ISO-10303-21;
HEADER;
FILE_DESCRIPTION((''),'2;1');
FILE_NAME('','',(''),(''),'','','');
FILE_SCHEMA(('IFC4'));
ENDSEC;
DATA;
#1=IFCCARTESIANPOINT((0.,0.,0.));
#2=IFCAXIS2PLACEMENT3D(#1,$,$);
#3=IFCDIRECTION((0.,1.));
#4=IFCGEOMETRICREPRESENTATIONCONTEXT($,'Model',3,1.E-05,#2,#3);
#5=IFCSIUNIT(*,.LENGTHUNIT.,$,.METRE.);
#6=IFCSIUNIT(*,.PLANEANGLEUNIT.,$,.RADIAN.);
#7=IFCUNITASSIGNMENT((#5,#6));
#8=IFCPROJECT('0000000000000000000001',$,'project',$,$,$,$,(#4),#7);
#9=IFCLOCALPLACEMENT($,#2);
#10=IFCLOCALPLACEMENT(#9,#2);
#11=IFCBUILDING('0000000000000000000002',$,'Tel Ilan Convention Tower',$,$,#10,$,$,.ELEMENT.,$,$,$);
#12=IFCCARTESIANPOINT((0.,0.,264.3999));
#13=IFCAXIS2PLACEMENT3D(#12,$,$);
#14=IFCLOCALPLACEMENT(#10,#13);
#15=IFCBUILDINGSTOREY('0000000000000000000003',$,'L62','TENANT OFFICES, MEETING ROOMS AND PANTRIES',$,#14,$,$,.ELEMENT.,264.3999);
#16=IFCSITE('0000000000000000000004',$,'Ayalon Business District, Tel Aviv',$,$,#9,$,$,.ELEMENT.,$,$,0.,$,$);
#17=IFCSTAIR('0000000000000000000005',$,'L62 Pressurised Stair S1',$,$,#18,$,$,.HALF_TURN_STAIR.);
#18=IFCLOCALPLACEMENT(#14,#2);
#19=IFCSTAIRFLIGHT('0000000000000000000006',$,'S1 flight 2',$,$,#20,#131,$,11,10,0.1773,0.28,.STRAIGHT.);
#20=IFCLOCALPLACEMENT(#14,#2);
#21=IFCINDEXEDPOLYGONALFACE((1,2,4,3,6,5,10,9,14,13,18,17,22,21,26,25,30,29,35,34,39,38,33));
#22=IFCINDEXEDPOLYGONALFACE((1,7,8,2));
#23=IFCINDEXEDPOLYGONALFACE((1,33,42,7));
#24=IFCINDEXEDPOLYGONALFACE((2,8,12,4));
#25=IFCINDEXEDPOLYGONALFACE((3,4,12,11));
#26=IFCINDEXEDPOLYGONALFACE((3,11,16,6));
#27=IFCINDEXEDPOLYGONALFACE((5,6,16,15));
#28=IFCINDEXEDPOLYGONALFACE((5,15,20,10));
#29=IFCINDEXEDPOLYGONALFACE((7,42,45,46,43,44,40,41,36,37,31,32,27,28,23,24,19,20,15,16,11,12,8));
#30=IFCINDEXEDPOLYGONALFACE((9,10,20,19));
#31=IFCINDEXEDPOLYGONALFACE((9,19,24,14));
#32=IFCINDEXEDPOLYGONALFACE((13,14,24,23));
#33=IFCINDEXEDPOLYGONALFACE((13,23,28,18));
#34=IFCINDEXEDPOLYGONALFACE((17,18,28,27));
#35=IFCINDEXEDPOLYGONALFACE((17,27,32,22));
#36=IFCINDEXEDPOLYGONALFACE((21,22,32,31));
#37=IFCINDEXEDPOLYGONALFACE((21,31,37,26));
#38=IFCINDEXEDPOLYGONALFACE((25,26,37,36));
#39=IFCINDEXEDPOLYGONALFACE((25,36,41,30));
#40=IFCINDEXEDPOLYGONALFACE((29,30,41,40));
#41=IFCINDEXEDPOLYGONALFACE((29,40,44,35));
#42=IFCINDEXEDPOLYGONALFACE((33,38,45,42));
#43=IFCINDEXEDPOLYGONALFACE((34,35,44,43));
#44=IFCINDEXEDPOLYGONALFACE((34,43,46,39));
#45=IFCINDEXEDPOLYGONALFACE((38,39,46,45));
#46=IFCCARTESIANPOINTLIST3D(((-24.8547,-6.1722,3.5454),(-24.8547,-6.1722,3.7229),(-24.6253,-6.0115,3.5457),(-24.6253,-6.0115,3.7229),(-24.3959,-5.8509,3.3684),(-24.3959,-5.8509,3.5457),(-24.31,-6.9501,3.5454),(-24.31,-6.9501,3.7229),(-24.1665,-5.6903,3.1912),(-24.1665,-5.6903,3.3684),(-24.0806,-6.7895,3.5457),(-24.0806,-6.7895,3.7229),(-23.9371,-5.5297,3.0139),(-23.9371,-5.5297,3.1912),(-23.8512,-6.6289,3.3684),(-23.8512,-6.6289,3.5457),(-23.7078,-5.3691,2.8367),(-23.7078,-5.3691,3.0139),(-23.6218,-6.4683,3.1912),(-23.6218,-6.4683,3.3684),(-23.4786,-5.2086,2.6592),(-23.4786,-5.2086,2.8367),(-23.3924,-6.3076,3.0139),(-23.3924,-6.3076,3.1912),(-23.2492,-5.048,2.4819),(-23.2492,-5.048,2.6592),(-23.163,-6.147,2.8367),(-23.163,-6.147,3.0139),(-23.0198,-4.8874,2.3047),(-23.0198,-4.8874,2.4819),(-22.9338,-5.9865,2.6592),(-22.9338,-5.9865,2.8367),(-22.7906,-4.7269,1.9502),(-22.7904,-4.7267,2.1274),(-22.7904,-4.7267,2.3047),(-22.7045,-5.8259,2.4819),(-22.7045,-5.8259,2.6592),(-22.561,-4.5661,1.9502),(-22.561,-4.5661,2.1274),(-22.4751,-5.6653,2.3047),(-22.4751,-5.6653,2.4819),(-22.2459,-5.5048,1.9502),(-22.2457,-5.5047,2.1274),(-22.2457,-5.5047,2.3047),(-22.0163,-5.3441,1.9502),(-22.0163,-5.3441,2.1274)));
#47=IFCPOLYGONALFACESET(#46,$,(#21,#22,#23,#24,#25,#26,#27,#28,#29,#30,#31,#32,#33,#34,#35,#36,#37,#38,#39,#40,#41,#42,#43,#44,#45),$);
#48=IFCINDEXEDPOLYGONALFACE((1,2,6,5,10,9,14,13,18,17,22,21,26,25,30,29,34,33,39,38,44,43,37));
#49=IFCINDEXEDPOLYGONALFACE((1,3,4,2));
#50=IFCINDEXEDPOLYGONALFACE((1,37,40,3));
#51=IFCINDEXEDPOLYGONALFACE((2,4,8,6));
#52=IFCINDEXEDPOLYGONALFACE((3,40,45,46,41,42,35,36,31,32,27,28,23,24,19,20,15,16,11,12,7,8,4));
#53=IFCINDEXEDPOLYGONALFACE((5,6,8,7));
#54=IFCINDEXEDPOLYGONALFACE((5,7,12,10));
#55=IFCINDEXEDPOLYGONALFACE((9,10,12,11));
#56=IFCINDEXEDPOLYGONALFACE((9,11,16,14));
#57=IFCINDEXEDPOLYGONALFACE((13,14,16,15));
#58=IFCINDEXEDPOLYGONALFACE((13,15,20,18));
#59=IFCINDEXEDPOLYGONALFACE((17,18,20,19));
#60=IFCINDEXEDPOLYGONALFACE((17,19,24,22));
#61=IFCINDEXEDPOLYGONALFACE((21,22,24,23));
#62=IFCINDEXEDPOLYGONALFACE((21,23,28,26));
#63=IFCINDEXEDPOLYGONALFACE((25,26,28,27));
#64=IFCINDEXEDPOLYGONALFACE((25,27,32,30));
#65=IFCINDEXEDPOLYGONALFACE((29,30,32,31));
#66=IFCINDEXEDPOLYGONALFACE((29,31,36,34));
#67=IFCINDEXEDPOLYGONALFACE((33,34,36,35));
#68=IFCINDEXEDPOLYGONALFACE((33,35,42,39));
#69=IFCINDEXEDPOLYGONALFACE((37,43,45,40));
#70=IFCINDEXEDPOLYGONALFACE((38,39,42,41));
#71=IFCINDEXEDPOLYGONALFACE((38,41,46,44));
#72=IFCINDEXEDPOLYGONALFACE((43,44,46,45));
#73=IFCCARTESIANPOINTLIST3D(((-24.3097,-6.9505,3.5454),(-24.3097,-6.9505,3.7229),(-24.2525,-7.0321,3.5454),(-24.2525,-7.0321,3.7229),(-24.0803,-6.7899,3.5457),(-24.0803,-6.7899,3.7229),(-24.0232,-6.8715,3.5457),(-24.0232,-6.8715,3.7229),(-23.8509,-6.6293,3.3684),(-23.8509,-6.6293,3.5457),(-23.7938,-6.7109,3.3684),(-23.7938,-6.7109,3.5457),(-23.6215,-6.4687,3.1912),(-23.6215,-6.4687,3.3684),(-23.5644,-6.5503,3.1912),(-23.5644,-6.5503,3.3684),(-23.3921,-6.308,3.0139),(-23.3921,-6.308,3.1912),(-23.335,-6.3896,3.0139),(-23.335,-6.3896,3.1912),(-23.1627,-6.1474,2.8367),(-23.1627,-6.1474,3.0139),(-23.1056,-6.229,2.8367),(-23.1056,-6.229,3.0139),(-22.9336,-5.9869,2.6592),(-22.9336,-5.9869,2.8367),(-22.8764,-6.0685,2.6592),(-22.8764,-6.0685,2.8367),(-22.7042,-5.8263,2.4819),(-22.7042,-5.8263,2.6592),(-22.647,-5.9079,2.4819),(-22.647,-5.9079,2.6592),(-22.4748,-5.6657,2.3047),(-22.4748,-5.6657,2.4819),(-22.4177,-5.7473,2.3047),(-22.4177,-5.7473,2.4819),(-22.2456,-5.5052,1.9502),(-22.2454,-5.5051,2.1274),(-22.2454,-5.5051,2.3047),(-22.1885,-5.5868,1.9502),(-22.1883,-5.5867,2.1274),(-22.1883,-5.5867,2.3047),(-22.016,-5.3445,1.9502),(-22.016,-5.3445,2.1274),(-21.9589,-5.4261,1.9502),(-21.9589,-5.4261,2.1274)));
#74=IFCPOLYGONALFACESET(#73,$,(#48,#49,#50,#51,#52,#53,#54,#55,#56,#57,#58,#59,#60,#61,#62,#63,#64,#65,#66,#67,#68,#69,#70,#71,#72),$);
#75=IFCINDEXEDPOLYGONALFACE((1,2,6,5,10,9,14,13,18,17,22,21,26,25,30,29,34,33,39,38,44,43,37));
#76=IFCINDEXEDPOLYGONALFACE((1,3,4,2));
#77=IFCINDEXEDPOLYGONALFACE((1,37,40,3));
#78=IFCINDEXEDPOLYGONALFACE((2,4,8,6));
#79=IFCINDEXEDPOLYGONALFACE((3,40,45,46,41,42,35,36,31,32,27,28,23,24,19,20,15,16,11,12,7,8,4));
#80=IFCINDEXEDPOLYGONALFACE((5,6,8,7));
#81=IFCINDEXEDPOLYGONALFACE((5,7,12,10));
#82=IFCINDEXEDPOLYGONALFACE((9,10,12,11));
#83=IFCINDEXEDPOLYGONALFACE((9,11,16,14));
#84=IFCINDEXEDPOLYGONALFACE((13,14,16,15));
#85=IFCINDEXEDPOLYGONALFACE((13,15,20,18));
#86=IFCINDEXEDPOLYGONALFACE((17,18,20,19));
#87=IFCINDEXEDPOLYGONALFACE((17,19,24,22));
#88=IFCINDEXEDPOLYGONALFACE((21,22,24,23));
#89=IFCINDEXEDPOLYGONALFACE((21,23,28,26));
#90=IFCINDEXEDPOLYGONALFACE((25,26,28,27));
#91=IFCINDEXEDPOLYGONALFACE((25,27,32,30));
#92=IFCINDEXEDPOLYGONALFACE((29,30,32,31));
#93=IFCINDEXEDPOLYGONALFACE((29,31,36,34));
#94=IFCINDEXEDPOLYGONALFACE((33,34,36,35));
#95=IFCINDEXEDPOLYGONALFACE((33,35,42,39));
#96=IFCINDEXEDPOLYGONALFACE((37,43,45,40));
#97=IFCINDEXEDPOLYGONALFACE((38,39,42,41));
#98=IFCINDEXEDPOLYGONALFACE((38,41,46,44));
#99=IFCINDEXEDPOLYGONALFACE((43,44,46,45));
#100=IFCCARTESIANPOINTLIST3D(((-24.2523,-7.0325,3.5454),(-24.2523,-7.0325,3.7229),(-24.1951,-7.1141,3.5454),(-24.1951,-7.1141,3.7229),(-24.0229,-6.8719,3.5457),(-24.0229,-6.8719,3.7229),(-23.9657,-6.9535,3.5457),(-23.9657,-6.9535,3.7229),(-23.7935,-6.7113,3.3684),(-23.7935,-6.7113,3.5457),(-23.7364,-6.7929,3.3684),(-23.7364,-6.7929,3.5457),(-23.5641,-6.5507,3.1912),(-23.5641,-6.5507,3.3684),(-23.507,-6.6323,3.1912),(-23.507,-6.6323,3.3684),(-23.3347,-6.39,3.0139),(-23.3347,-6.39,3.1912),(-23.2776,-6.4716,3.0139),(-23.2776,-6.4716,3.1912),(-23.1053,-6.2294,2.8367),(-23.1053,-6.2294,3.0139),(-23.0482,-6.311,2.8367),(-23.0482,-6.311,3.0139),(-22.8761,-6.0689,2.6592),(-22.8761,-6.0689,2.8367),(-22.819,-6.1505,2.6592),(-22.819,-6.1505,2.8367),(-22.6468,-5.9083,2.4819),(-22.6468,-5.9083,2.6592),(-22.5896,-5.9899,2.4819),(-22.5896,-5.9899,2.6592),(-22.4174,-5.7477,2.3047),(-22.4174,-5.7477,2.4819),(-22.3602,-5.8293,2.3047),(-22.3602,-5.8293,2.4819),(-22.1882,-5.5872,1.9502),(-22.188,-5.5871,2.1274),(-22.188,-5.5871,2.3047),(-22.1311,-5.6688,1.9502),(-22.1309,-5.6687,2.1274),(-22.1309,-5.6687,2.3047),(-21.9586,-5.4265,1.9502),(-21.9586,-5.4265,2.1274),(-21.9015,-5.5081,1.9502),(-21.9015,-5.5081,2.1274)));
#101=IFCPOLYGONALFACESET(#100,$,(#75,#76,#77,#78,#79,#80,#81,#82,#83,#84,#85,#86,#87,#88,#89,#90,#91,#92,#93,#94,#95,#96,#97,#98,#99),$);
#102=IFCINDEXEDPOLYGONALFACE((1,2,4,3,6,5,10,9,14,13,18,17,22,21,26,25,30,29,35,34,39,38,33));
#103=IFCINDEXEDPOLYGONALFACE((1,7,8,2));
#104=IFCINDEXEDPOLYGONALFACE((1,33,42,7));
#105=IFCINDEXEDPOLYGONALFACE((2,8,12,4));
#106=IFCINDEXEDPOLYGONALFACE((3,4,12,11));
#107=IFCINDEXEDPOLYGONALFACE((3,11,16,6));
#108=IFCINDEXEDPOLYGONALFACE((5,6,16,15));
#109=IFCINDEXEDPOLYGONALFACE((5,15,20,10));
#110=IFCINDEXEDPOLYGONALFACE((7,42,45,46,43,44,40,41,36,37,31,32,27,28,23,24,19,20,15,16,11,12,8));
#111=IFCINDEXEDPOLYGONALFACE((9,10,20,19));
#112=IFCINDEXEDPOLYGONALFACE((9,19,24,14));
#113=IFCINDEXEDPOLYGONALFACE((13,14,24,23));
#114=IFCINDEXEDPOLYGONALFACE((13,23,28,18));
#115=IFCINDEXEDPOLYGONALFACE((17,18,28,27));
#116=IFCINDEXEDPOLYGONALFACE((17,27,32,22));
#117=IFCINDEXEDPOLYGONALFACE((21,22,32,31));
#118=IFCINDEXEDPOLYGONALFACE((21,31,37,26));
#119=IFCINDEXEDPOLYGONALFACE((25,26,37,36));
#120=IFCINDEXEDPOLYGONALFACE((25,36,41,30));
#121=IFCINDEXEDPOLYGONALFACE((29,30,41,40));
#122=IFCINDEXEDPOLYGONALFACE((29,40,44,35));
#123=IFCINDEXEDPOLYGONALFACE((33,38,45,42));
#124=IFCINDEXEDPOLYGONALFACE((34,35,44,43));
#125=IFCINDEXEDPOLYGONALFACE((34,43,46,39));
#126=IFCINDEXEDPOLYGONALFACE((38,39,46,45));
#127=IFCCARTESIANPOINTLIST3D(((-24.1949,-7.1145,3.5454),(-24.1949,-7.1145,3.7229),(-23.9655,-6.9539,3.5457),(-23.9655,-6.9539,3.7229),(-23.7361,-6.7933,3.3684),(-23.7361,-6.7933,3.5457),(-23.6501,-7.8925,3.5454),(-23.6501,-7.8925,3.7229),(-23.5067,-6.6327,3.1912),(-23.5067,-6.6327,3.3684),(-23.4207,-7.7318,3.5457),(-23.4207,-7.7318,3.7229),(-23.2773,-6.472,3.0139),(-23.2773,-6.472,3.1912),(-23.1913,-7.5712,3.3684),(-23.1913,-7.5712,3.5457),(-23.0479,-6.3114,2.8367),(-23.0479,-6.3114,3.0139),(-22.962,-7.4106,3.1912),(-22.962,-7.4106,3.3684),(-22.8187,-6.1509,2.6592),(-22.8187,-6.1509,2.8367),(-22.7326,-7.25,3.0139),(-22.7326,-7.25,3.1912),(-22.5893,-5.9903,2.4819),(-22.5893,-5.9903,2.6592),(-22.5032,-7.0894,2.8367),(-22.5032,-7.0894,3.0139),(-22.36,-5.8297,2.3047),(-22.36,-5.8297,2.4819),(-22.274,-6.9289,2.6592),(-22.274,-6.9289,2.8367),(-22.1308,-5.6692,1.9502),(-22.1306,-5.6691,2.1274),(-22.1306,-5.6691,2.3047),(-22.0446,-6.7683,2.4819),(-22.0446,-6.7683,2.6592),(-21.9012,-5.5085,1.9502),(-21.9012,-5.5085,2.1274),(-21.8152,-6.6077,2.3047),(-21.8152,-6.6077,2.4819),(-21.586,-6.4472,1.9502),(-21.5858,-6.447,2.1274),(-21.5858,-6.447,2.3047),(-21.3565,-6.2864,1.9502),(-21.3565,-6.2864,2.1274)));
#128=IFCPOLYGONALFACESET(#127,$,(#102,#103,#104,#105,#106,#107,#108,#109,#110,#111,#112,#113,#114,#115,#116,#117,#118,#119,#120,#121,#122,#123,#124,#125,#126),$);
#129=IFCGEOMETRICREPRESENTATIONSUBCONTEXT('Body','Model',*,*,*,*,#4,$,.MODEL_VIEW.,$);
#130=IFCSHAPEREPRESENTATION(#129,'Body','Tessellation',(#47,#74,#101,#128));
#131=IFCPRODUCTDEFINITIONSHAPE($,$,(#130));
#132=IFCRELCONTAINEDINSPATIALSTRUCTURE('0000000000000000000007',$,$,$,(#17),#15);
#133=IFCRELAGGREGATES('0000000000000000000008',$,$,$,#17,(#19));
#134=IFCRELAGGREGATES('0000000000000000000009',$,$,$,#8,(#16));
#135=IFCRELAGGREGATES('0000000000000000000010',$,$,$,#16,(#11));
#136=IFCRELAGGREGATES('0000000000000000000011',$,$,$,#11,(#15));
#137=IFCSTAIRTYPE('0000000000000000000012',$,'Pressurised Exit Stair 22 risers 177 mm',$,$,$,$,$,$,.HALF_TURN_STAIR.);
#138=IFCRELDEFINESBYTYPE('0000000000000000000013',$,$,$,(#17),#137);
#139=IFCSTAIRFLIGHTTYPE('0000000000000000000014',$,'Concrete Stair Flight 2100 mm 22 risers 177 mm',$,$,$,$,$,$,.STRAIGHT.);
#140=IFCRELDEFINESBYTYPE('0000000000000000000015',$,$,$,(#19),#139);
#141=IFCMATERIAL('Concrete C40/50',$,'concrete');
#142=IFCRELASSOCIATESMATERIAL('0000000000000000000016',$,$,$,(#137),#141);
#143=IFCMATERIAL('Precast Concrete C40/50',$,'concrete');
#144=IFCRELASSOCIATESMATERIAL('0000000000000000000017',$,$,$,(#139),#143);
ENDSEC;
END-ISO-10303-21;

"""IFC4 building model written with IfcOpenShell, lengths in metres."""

from ifc_helpers import new_model, si_unit, direction, frame, origin, place, context, subcontext, project, spatial, polyline, outline, extrude, material, type_object, element, aggregate, save


model = new_model("IFC4")

# Units and contexts
model_context = context("Model", 3, precision=1e-05, world=origin(), true_north=direction((0.0, 1.0)))
body_context = subcontext(model_context, "Body", "Model", "MODEL_VIEW")
ifc_project = project(units=[si_unit("LENGTHUNIT", "METRE"), si_unit("PLANEANGLEUNIT", "RADIAN")], contexts=[model_context])

# Site, building, storey
site_placement = place(None, origin())
site = spatial("IfcSite", under=ifc_project, at=site_placement, Name="Ayalon Business District, Tel Aviv", CompositionType="ELEMENT", RefElevation=0.0)
building_placement = place(site_placement, origin())
building = spatial("IfcBuilding", under=site, at=building_placement, Name="Tel Ilan Convention Tower", CompositionType="ELEMENT")
storey_placement = place(building_placement, frame((0.0, 0.0, 264.3999)))
storey = spatial("IfcBuildingStorey", under=building, at=storey_placement, Name="L62", Description="TENANT OFFICES, MEETING ROOMS AND PANTRIES", CompositionType="ELEMENT", Elevation=264.3999)

# Stair, stair flight
ifc_material_1 = material(Name="Concrete C40/50", Category="concrete")
stair_type = type_object("IfcStairType", Name="Pressurised Exit Stair 22 risers 177 mm", PredefinedType="HALF_TURN_STAIR", material=ifc_material_1)
stair_1_placement = place(storey_placement, origin())
stair_1 = element("IfcStair", 1, at=stair_1_placement, inside=storey, type_object=stair_type, Name="L62 Pressurised Stair S1", PredefinedType="HALF_TURN_STAIR")
ifc_material_2 = material(Name="Precast Concrete C40/50", Category="concrete")
stair_flight_type = type_object("IfcStairFlightType", Name="Concrete Stair Flight 2100 mm 22 risers 177 mm", PredefinedType="STRAIGHT", material=ifc_material_2)
stair_flight_1_placement = place(storey_placement, frame((-21.9587, -5.4263, 1.9502), z_axis=(0.0, 0.0, 1.0), x_axis=(-0.819152, -0.573576, 0.0)))
stair_flight_1 = element("IfcStairFlight", 2, at=stair_flight_1_placement, type_object=stair_flight_type, Name="S1 flight 2", NumberOfRisers=11, NumberOfTreads=10, PredefinedType="STRAIGHT", RiserHeight=0.1773, TreadLength=0.28, context=body_context, shape_type="SweptSolid", body=[
    extrude(outline(polyline([(0.0, 0.0), (0.0, 0.1772), (0.28, 0.1772), (0.28, 0.3545), (0.5601, 0.3545), (0.5601, 0.5317), (0.8401, 0.5317), (0.8401, 0.709), (1.1201, 0.709), (1.1201, 0.8865), (1.3999, 0.8865), (1.3999, 1.0637), (1.6799, 1.0637), (1.6799, 1.241), (1.96, 1.241), (1.96, 1.4182), (2.24, 1.4182), (2.24, 1.5955), (2.52, 1.5955), (2.52, 1.7727), (2.8, 1.7727), (2.8, 1.95), (2.8, 1.5952), (0.2803, 0.0), (0.0, 0.0)])), frame((0.0, -0.1003, 0.0), z_axis=(0.0, -1.0, 0.0), x_axis=(1.0, 0.0, 0.0)), (0.0, 0.0, 1.0), 0.9497),
    extrude(outline(polyline([(0.0, 0.0), (0.0, 0.1772), (0.28, 0.1772), (0.28, 0.3545), (0.5601, 0.3545), (0.5601, 0.5317), (0.8401, 0.5317), (0.8401, 0.709), (1.1201, 0.709), (1.1201, 0.8865), (1.3999, 0.8865), (1.3999, 1.0637), (1.6799, 1.0637), (1.6799, 1.241), (1.96, 1.241), (1.96, 1.4182), (2.24, 1.4182), (2.24, 1.5955), (2.52, 1.5955), (2.52, 1.7727), (2.8, 1.7727), (2.8, 1.95), (2.8, 1.5952), (0.2803, 0.0), (0.0, 0.0)])), frame((0.0, -0.0002, 0.0), z_axis=(0.0, -1.0, 0.0), x_axis=(1.0, 0.0, 0.0)), (0.0, 0.0, 1.0), 0.0996),
    extrude(outline(polyline([(0.0, 0.0), (0.0, 0.1772), (0.28, 0.1772), (0.28, 0.3545), (0.5601, 0.3545), (0.5601, 0.5317), (0.8401, 0.5317), (0.8401, 0.709), (1.1201, 0.709), (1.1201, 0.8865), (1.3999, 0.8865), (1.3999, 1.0637), (1.6799, 1.0637), (1.6799, 1.241), (1.96, 1.241), (1.96, 1.4182), (2.24, 1.4182), (2.24, 1.5955), (2.52, 1.5955), (2.52, 1.7727), (2.8, 1.7727), (2.8, 1.95), (2.8, 1.5952), (0.2803, 0.0), (0.0, 0.0)])), frame((0.0, 0.0999, 0.0), z_axis=(0.0, -1.0, 0.0), x_axis=(1.0, 0.0, 0.0)), (0.0, 0.0, 1.0), 0.0996),
    extrude(outline(polyline([(0.0, 0.0), (0.0, 0.1772), (0.28, 0.1772), (0.28, 0.3545), (0.5601, 0.3545), (0.5601, 0.5317), (0.8401, 0.5317), (0.8401, 0.709), (1.1201, 0.709), (1.1201, 0.8865), (1.3999, 0.8865), (1.3999, 1.0637), (1.6799, 1.0637), (1.6799, 1.241), (1.96, 1.241), (1.96, 1.4182), (2.24, 1.4182), (2.24, 1.5955), (2.52, 1.5955), (2.52, 1.7727), (2.8, 1.7727), (2.8, 1.95), (2.8, 1.5952), (0.2803, 0.0), (0.0, 0.0)])), frame((0.0, 1.05, 0.0), z_axis=(0.0, -1.0, 0.0), x_axis=(1.0, 0.0, 0.0)), (0.0, 0.0, 1.0), 0.9497),
])
aggregate(stair_1, [stair_flight_1])

save(model, "model.ifc")
